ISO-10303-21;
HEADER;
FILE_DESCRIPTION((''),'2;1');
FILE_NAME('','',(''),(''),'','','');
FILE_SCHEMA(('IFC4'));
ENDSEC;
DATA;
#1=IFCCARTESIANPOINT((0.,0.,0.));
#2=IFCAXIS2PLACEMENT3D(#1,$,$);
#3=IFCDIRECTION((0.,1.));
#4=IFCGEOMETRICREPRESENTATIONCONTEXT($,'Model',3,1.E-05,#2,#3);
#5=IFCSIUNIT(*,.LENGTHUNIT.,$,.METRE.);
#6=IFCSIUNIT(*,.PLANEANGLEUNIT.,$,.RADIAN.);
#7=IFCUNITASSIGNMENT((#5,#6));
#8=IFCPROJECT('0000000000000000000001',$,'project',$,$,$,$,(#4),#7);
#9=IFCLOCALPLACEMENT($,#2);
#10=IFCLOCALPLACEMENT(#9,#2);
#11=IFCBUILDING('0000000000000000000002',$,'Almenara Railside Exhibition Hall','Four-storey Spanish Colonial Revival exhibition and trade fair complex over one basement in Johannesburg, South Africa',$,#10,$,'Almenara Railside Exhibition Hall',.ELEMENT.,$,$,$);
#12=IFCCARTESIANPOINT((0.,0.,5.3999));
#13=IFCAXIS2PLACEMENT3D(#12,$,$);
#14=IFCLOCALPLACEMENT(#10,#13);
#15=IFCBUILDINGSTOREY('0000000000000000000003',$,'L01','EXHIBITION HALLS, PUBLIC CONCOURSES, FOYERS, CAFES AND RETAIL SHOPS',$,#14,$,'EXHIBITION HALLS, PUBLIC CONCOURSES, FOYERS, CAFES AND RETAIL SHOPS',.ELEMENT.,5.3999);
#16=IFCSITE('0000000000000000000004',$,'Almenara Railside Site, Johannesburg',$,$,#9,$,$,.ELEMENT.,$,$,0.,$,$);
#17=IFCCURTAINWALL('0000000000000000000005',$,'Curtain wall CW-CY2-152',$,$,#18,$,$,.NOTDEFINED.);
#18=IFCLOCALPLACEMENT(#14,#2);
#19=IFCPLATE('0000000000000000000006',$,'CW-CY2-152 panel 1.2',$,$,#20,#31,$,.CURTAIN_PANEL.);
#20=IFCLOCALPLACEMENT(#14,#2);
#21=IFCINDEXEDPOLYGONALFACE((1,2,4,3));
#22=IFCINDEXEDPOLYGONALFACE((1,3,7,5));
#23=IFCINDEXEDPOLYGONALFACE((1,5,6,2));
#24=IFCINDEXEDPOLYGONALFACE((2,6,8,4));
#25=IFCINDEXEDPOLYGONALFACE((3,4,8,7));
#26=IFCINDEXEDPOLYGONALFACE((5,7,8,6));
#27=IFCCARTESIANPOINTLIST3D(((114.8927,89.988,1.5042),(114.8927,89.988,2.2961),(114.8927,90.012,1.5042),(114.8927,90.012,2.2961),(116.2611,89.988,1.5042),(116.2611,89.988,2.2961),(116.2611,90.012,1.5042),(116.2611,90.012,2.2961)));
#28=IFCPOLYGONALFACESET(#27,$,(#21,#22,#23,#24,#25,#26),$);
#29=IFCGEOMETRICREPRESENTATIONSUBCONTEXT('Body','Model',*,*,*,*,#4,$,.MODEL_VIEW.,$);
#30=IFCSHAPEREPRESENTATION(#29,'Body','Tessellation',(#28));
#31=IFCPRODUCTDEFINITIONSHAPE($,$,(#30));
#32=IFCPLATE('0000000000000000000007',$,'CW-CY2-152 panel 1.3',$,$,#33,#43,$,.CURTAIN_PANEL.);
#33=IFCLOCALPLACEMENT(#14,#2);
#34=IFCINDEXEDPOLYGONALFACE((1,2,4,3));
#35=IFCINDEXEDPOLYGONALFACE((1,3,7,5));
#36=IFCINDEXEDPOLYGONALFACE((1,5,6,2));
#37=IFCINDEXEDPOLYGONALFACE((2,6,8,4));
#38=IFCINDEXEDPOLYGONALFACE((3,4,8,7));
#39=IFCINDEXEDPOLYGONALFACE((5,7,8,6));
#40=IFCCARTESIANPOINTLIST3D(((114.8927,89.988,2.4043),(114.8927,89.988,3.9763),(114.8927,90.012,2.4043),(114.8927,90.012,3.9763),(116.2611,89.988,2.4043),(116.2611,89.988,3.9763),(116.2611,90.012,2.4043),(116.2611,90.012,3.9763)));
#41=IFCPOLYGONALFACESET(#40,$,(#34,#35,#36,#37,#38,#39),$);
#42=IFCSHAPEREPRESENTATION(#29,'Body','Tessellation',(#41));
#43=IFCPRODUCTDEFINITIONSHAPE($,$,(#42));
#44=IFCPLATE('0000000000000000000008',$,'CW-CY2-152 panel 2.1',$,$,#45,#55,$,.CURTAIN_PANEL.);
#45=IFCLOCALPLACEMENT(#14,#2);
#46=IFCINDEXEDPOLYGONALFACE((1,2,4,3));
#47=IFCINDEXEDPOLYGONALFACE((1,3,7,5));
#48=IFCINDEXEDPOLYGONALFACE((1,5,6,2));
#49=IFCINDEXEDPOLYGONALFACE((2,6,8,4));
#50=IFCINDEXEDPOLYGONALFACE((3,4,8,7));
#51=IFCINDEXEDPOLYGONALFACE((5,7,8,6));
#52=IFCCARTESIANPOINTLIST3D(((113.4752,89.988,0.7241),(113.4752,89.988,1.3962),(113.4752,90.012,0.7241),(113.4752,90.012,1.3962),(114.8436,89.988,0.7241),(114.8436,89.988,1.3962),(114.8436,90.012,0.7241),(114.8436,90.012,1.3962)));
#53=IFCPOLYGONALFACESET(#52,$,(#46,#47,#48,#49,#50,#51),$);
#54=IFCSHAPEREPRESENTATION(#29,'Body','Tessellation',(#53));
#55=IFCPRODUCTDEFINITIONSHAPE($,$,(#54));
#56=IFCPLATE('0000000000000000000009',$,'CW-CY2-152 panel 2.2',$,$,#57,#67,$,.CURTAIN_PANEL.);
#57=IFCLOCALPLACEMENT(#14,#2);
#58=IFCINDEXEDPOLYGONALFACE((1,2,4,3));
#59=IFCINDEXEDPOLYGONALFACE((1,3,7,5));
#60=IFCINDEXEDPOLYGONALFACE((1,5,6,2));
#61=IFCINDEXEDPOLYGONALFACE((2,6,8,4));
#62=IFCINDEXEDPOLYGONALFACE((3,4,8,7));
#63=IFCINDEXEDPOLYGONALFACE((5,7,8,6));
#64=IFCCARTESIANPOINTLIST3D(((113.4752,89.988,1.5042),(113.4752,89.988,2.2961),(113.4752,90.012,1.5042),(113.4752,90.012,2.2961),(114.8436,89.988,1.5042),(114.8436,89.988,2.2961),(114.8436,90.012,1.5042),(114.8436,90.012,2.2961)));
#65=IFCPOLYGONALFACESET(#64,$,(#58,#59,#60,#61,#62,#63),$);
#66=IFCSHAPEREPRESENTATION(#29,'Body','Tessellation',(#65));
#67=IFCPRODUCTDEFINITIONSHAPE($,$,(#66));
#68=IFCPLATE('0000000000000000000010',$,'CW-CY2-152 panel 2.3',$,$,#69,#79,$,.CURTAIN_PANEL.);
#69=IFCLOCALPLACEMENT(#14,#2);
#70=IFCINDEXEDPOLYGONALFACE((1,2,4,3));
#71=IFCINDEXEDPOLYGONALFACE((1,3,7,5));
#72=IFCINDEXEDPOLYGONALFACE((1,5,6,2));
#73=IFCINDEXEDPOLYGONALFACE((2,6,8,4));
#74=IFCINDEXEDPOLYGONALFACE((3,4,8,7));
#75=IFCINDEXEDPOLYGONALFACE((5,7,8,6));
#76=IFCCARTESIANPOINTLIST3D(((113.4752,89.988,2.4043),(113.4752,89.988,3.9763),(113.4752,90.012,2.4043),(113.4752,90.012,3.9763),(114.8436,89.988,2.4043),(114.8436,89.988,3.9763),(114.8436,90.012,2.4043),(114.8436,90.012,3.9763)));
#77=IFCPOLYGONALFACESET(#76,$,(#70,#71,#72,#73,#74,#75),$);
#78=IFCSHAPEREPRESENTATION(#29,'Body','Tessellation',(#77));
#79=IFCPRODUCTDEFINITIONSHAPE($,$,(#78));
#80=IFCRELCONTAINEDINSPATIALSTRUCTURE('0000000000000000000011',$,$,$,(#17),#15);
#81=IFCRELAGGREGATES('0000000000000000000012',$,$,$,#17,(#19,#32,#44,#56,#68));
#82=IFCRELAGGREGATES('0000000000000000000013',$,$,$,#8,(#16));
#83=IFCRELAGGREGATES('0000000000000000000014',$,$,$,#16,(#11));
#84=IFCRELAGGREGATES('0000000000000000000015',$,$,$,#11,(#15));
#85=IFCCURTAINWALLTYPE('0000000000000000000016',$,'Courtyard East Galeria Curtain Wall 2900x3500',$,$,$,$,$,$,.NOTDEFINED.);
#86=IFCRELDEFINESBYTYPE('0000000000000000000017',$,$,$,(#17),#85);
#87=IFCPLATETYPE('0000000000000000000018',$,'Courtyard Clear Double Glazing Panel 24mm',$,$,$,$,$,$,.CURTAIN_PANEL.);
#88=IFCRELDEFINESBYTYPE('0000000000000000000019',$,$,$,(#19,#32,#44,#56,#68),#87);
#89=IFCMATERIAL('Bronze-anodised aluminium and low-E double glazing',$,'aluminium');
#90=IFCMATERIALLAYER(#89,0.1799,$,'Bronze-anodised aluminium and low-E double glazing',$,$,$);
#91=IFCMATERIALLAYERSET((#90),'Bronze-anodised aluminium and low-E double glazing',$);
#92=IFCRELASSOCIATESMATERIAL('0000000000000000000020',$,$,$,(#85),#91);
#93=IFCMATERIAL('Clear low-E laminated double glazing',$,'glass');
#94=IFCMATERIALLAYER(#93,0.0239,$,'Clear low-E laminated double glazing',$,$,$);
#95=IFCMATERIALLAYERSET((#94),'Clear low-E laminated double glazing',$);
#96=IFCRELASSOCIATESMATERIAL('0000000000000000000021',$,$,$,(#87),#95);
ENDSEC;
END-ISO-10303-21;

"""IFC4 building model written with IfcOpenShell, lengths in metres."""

from ifc_helpers import new_model, si_unit, direction, frame, origin, origin_2d, place, context, subcontext, project, spatial, rectangle, extrude, material, layer, layer_set, type_object, element, aggregate, save


model = new_model("IFC4")

# Units and contexts
model_context = context("Model", 3, precision=1e-05, world=origin(), true_north=direction((0.0, 1.0)))
body_context = subcontext(model_context, "Body", "Model", "MODEL_VIEW")
ifc_project = project(units=[si_unit("LENGTHUNIT", "METRE"), si_unit("PLANEANGLEUNIT", "RADIAN")], contexts=[model_context])

# Site, building, storey
site_placement = place(None, origin())
site = spatial("IfcSite", under=ifc_project, at=site_placement, Name="Almenara Railside Site, Johannesburg", CompositionType="ELEMENT", RefElevation=0.0)
building_placement = place(site_placement, origin())
building = spatial("IfcBuilding", under=site, at=building_placement, Name="Almenara Railside Exhibition Hall", Description="Four-storey Spanish Colonial Revival exhibition and trade fair complex over one basement in Johannesburg, South Africa", LongName="Almenara Railside Exhibition Hall", CompositionType="ELEMENT")
storey_placement = place(building_placement, frame((0.0, 0.0, 5.3999)))
storey = spatial("IfcBuildingStorey", under=building, at=storey_placement, Name="L01", Description="EXHIBITION HALLS, PUBLIC CONCOURSES, FOYERS, CAFES AND RETAIL SHOPS", LongName="EXHIBITION HALLS, PUBLIC CONCOURSES, FOYERS, CAFES AND RETAIL SHOPS", CompositionType="ELEMENT", Elevation=5.3999)

# Shared definitions
ifc_material_1 = material(Name="Bronze-anodised aluminium and low-E double glazing", Category="aluminium")
ifc_layer_1 = layer(ifc_material_1, 0.1799, Name="Bronze-anodised aluminium and low-E double glazing")
ifc_layer_set_1 = layer_set([ifc_layer_1], Name="Bronze-anodised aluminium and low-E double glazing")
curtain_wall_type = type_object("IfcCurtainWallType", Name="Courtyard East Galeria Curtain Wall 2900x3500", PredefinedType="NOTDEFINED", material=ifc_layer_set_1)

# Curtain wall
curtain_wall_1_placement = place(storey_placement, origin())
curtain_wall_1 = element("IfcCurtainWall", 1, at=curtain_wall_1_placement, inside=storey, type_object=curtain_wall_type, Name="Curtain wall CW-CY2-152", PredefinedType="NOTDEFINED")

# Plates
ifc_material_2 = material(Name="Clear low-E laminated double glazing", Category="glass")
ifc_layer_2 = layer(ifc_material_2, 0.0239, Name="Clear low-E laminated double glazing")
ifc_layer_set_2 = layer_set([ifc_layer_2], Name="Clear low-E laminated double glazing")
plate_type = type_object("IfcPlateType", Name="Courtyard Clear Double Glazing Panel 24mm", PredefinedType="CURTAIN_PANEL", material=ifc_layer_set_2)
plate_1_placement = place(storey_placement, frame((115.5769, 90.0, 1.5042), z_axis=(0.0, 0.0, 1.0), x_axis=(-1.0, 0.0, 0.0)))
plate_1 = element("IfcPlate", 2, at=plate_1_placement, type_object=plate_type, Name="CW-CY2-152 panel 1.2", PredefinedType="CURTAIN_PANEL", context=body_context, shape_type="SweptSolid", body=[
    extrude(rectangle(XDim=1.3684, YDim=0.0239, at=origin_2d()), origin(), (0.0, 0.0, 1.0), 0.792),
])
plate_2_placement = place(storey_placement, frame((115.5769, 90.0, 2.4043), z_axis=(0.0, 0.0, 1.0), x_axis=(-1.0, 0.0, 0.0)))
plate_2 = element("IfcPlate", 3, at=plate_2_placement, type_object=plate_type, Name="CW-CY2-152 panel 1.3", PredefinedType="CURTAIN_PANEL", context=body_context, shape_type="SweptSolid", body=[
    extrude(rectangle(XDim=1.3684, YDim=0.0239, at=origin_2d()), origin(), (0.0, 0.0, 1.0), 1.572),
])
plate_3_placement = place(storey_placement, frame((114.1594, 90.0, 0.7241), z_axis=(0.0, 0.0, 1.0), x_axis=(-1.0, 0.0, 0.0)))
plate_3 = element("IfcPlate", 4, at=plate_3_placement, type_object=plate_type, Name="CW-CY2-152 panel 2.1", PredefinedType="CURTAIN_PANEL", context=body_context, shape_type="SweptSolid", body=[
    extrude(rectangle(XDim=1.3684, YDim=0.0239, at=origin_2d()), origin(), (0.0, 0.0, 1.0), 0.6721),
])
plate_4_placement = place(storey_placement, frame((114.1594, 90.0, 1.5042), z_axis=(0.0, 0.0, 1.0), x_axis=(-1.0, 0.0, 0.0)))
plate_4 = element("IfcPlate", 5, at=plate_4_placement, type_object=plate_type, Name="CW-CY2-152 panel 2.2", PredefinedType="CURTAIN_PANEL", context=body_context, shape_type="SweptSolid", body=[
    extrude(rectangle(XDim=1.3684, YDim=0.0239, at=origin_2d()), origin(), (0.0, 0.0, 1.0), 0.792),
])
plate_5_placement = place(storey_placement, frame((114.1594, 90.0, 2.4043), z_axis=(0.0, 0.0, 1.0), x_axis=(-1.0, 0.0, 0.0)))
plate_5 = element("IfcPlate", 6, at=plate_5_placement, type_object=plate_type, Name="CW-CY2-152 panel 2.3", PredefinedType="CURTAIN_PANEL", context=body_context, shape_type="SweptSolid", body=[
    extrude(rectangle(XDim=1.3684, YDim=0.0239, at=origin_2d()), origin(), (0.0, 0.0, 1.0), 1.572),
])
aggregate(curtain_wall_1, [plate_1, plate_2, plate_3, plate_4, plate_5])

save(model, "model.ifc")
